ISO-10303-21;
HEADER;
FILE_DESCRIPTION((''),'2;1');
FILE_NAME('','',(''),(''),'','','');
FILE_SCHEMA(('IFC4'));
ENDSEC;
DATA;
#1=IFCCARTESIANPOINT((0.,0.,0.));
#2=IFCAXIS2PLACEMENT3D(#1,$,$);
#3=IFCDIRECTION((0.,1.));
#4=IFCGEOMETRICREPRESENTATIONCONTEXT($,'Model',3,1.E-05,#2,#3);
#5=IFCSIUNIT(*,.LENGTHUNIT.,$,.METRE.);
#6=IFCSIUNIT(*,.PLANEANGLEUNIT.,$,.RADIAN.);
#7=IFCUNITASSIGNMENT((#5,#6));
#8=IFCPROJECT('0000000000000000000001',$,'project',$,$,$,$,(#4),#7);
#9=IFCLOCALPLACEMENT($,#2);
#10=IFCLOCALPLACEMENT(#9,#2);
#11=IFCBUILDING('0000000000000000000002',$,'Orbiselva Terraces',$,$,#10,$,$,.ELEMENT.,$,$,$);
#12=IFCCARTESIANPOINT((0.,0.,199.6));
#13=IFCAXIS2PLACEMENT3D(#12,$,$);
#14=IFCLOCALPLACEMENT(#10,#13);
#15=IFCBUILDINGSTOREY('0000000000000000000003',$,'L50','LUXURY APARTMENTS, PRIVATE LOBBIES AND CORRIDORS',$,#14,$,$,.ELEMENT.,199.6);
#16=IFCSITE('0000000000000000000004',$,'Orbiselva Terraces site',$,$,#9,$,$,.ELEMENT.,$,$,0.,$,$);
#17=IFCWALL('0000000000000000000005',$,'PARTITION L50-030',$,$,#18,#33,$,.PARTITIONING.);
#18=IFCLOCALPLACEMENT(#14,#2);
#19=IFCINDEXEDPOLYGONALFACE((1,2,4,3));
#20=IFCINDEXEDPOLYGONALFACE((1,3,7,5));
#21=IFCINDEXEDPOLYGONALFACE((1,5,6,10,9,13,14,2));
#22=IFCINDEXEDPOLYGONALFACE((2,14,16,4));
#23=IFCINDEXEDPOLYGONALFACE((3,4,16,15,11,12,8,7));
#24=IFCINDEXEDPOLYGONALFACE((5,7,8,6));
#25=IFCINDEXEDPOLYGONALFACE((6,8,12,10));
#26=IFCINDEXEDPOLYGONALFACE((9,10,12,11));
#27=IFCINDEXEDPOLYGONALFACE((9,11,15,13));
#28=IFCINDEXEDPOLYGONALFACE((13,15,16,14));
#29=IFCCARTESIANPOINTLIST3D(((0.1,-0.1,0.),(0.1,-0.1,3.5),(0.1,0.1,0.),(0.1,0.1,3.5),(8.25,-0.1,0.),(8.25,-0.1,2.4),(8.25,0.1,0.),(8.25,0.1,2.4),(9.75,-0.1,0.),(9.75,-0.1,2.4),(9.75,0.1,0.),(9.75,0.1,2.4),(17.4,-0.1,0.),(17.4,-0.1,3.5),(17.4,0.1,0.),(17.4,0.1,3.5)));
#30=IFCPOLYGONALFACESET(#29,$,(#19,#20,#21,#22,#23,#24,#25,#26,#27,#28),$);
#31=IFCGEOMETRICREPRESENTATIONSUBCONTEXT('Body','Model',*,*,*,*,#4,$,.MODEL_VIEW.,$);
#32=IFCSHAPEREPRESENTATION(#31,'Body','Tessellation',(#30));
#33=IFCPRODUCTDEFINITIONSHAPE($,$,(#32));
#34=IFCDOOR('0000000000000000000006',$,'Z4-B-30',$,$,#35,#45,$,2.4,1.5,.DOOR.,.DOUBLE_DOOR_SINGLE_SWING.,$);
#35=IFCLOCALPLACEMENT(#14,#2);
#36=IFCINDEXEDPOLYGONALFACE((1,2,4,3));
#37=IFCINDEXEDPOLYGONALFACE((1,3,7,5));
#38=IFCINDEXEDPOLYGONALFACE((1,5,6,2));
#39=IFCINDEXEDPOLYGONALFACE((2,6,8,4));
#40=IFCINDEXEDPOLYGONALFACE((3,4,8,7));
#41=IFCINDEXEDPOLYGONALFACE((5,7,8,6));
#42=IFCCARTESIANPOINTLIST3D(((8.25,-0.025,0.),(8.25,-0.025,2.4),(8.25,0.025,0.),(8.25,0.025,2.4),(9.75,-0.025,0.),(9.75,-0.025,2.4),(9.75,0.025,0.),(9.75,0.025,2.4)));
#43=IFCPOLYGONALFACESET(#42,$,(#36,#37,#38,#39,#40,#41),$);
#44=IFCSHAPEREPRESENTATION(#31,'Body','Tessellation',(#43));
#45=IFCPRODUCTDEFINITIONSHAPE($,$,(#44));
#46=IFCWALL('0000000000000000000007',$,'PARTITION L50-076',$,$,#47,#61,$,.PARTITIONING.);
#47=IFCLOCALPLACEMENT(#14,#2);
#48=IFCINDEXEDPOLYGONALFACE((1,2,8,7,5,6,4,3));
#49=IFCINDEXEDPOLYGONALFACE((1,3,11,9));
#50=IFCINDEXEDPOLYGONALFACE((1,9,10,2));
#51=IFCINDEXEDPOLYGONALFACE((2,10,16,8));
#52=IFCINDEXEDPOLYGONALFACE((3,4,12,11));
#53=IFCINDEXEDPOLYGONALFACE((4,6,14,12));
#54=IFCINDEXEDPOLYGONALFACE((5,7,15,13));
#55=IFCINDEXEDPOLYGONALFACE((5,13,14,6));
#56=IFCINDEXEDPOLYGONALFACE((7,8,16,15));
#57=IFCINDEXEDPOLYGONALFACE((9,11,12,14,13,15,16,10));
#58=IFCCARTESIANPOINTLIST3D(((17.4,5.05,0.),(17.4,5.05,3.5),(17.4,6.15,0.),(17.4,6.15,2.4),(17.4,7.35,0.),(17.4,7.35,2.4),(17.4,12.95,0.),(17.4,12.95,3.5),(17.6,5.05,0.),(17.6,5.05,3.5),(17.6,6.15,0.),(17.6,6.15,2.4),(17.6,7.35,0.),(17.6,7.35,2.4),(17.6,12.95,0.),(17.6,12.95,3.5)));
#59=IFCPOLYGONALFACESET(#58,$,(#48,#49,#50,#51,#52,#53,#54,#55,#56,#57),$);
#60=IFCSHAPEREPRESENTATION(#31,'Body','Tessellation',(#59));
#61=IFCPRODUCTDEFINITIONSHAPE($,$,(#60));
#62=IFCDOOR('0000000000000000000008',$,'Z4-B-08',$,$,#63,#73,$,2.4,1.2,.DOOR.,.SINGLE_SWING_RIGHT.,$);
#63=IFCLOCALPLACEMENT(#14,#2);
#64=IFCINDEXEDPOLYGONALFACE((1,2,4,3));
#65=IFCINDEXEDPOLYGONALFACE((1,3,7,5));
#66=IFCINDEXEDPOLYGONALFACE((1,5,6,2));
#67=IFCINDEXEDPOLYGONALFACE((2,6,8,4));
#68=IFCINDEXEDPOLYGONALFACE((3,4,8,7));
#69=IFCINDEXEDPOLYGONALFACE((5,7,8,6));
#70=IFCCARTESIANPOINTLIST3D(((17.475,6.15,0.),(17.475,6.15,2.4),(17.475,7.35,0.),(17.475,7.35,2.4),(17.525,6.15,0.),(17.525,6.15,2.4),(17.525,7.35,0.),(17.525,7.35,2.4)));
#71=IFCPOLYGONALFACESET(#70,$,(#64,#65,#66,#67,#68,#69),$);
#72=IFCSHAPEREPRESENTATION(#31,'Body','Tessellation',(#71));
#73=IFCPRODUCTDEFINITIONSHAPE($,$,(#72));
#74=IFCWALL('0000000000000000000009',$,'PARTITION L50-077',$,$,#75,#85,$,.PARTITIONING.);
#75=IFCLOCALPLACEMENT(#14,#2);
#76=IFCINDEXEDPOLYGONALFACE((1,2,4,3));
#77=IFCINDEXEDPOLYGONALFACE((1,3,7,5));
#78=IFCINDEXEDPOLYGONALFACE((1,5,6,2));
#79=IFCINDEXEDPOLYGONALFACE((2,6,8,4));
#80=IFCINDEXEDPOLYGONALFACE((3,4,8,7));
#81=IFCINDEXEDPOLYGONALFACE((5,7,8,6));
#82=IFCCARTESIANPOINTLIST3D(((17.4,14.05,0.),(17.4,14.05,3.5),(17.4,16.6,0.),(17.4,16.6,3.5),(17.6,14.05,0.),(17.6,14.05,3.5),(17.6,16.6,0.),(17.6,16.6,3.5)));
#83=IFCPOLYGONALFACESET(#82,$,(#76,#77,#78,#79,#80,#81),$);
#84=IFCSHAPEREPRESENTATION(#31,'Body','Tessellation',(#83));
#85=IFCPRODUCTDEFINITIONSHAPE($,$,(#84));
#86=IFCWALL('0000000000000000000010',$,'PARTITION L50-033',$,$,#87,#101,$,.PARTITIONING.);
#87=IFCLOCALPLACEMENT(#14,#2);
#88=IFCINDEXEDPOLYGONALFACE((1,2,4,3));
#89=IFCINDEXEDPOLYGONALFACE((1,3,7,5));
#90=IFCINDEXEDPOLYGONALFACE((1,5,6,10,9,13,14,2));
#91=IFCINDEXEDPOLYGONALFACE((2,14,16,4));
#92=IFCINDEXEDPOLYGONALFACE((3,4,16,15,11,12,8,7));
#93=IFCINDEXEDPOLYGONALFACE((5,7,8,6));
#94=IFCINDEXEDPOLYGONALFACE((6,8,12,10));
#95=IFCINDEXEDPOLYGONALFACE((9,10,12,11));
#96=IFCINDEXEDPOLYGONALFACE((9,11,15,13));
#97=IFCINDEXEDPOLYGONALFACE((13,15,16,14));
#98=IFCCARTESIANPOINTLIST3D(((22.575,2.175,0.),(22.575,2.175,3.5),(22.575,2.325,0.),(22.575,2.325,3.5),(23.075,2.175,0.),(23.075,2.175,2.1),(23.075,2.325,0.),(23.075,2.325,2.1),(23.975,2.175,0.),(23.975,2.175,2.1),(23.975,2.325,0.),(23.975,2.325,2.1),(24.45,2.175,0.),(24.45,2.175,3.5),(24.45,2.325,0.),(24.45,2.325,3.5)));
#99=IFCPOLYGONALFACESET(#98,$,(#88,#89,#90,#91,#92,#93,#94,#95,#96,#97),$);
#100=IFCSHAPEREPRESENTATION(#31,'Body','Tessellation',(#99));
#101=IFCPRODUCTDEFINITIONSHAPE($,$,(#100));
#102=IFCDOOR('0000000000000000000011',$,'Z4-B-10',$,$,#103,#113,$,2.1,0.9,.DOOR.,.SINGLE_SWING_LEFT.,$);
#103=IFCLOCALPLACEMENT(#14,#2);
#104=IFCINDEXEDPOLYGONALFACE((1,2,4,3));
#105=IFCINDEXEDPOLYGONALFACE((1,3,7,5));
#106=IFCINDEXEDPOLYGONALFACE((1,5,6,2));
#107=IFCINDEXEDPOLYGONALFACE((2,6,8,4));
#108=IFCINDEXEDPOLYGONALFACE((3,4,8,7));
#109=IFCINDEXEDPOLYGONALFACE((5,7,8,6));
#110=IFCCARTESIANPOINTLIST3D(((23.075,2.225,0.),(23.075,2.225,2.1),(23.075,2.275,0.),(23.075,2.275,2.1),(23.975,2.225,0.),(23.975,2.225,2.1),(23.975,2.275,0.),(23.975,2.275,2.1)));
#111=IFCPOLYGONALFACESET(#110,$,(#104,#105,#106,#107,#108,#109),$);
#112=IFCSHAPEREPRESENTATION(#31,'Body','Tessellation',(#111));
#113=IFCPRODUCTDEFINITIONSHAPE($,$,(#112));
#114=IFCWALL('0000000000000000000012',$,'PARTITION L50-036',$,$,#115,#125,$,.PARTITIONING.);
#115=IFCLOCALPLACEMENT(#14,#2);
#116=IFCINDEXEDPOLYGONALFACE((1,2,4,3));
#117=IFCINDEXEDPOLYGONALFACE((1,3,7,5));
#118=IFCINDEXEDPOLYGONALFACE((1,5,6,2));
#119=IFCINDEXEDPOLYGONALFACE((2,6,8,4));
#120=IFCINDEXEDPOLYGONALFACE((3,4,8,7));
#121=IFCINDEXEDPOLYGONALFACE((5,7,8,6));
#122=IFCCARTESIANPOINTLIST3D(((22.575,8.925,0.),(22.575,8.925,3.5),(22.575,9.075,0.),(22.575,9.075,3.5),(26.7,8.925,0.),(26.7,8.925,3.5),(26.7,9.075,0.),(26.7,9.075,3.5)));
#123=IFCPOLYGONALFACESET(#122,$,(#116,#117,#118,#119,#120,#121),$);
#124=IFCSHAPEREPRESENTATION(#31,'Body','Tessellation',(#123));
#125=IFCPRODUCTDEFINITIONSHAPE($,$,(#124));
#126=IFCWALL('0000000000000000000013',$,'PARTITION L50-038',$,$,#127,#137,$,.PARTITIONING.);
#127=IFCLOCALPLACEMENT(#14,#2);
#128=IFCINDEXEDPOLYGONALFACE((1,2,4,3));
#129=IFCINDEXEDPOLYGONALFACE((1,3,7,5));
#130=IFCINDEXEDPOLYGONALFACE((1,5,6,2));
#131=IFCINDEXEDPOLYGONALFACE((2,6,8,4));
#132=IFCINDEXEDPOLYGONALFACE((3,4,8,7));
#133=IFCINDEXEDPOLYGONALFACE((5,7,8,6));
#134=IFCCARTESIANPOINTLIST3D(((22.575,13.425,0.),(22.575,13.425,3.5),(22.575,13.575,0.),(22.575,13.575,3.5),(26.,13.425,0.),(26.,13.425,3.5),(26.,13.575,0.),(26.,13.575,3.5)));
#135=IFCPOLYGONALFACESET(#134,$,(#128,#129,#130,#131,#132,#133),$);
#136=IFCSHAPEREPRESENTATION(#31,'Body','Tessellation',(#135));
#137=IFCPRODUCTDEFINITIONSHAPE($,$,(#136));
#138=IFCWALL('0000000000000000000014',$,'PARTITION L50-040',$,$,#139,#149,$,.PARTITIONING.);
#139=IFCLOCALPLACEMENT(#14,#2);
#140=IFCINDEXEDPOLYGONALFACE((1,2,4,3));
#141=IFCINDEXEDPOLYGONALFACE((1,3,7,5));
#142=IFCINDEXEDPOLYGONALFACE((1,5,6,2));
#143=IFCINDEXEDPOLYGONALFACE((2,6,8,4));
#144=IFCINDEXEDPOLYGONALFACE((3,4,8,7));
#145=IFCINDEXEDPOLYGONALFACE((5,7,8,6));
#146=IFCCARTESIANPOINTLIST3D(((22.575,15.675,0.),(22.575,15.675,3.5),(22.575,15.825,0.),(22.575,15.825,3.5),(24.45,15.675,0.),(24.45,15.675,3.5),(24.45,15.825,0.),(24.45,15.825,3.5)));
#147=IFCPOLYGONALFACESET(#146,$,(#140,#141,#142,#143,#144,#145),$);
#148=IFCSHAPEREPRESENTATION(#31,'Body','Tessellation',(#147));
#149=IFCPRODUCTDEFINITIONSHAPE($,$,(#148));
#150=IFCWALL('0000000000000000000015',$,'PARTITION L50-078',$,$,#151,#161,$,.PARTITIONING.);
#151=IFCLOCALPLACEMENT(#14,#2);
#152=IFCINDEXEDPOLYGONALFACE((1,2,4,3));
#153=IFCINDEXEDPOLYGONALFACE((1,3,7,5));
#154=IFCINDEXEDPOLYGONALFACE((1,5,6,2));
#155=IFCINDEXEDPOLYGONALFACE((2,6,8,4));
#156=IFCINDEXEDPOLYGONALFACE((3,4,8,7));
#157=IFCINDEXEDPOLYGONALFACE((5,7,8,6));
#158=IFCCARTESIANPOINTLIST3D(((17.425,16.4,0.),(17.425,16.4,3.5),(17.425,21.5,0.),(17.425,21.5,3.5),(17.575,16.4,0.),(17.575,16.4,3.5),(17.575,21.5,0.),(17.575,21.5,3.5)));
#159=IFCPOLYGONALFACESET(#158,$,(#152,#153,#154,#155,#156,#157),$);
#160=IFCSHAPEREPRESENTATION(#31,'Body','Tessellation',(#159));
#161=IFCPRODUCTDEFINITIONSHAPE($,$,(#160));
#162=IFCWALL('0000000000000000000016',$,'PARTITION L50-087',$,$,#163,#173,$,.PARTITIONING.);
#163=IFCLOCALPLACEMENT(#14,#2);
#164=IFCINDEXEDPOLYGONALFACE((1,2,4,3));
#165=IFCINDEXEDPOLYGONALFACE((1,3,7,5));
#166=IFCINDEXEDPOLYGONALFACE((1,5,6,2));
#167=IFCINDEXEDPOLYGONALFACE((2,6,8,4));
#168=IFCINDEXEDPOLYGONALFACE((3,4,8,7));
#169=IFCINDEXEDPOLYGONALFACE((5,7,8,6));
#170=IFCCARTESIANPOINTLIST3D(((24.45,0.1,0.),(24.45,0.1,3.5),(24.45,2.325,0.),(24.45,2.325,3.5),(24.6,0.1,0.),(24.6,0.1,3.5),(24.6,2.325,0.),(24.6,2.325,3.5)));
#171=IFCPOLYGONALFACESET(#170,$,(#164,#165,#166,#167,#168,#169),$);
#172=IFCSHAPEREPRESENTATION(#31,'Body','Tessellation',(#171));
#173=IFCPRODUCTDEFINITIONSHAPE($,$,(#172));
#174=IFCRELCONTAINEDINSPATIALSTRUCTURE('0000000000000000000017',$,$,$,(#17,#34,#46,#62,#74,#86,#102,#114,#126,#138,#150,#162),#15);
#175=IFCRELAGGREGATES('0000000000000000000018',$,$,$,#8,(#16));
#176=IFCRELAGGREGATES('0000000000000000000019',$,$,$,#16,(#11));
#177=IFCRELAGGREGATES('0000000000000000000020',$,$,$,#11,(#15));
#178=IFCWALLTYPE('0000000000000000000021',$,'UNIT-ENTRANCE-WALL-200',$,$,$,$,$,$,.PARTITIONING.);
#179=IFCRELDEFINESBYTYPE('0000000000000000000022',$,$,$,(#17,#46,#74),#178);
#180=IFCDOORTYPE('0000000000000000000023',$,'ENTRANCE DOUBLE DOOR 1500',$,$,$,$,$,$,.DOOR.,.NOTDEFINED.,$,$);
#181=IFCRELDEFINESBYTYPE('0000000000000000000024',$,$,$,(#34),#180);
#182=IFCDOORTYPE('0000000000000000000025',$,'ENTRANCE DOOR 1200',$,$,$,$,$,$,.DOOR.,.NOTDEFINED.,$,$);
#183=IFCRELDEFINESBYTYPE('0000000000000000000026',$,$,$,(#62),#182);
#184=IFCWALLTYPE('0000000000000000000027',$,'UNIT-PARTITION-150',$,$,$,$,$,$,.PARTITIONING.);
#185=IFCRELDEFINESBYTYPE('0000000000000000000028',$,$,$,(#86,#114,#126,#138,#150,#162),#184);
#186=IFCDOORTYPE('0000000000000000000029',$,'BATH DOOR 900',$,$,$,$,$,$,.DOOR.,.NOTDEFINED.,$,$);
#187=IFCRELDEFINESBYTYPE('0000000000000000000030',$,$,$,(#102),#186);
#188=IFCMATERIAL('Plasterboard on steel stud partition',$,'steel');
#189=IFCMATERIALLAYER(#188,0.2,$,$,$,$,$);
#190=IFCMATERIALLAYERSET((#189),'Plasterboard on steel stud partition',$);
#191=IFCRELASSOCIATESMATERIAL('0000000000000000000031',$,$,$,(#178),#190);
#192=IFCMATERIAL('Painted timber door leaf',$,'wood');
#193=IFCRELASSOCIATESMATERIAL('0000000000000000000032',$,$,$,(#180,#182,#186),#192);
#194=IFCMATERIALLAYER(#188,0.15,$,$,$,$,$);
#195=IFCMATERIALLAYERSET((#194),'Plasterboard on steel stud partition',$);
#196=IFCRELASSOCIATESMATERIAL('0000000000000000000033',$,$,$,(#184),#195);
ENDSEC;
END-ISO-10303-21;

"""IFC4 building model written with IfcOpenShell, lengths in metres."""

from ifc_helpers import new_model, si_unit, direction, frame, frame_2d, origin, place, context, subcontext, project, spatial, rectangle, extrude, material, layer, layer_set, type_object, element, fill, save


model = new_model("IFC4")

# Units and contexts
model_context = context("Model", 3, precision=1e-05, world=origin(), true_north=direction((0.0, 1.0)))
body_context = subcontext(model_context, "Body", "Model", "MODEL_VIEW")
ifc_project = project(units=[si_unit("LENGTHUNIT", "METRE"), si_unit("PLANEANGLEUNIT", "RADIAN")], contexts=[model_context])

# Site, building, storey
site_placement = place(None, origin())
site = spatial("IfcSite", under=ifc_project, at=site_placement, Name="Orbiselva Terraces site", CompositionType="ELEMENT", RefElevation=0.0)
building_placement = place(site_placement, origin())
building = spatial("IfcBuilding", under=site, at=building_placement, Name="Orbiselva Terraces", CompositionType="ELEMENT")
storey_placement = place(building_placement, frame((0.0, 0.0, 199.6)))
storey = spatial("IfcBuildingStorey", under=building, at=storey_placement, Name="L50", Description="LUXURY APARTMENTS, PRIVATE LOBBIES AND CORRIDORS", CompositionType="ELEMENT", Elevation=199.6)

# Walls, openings, doors
ifc_material_1 = material(Name="Plasterboard on steel stud partition", Category="steel")
ifc_layer_1 = layer(ifc_material_1, 0.2)
ifc_layer_set_1 = layer_set([ifc_layer_1], Name="Plasterboard on steel stud partition")
wall_type_1 = type_object("IfcWallType", Name="UNIT-ENTRANCE-WALL-200", PredefinedType="PARTITIONING", material=ifc_layer_set_1)
wall_1_placement = place(storey_placement, frame((17.4, 0.0, 0.0), z_axis=(0.0, 0.0, 1.0), x_axis=(-1.0, 0.0, 0.0)))
wall_1 = element("IfcWall", 1, at=wall_1_placement, inside=storey, type_object=wall_type_1, Name="PARTITION L50-030", PredefinedType="PARTITIONING", context=body_context, shape_type="SweptSolid", body=[
    extrude(rectangle(XDim=17.3, YDim=0.2, at=frame_2d((8.65, 0.0))), origin(), (0.0, 0.0, 1.0), 3.5),
])
opening_1_placement = place(wall_1_placement, frame((7.65, 0.0, 0.0)))
opening_1 = element("IfcOpeningElement", 2, at=opening_1_placement, cuts=wall_1, PredefinedType="OPENING", context=body_context, shape_type="SweptSolid", body=[
    extrude(rectangle(XDim=1.5, YDim=2.4, at=frame_2d((0.75, 1.2))), frame((0.0, 0.11, 0.0), z_axis=(0.0, -1.0, 0.0), x_axis=(1.0, 0.0, 0.0)), (0.0, 0.0, 1.0), 0.22),
])
ifc_material_2 = material(Name="Painted timber door leaf", Category="wood")
door_type_1 = type_object("IfcDoorType", Name="ENTRANCE DOUBLE DOOR 1500", OperationType="NOTDEFINED", PredefinedType="DOOR", material=ifc_material_2)
door_1_placement = place(opening_1_placement, origin())
door_1 = element("IfcDoor", 3, at=door_1_placement, inside=storey, type_object=door_type_1, Name="Z4-B-30", OperationType="DOUBLE_DOOR_SINGLE_SWING", OverallHeight=2.4, OverallWidth=1.5, PredefinedType="DOOR", context=body_context, shape_type="SweptSolid", body=[
    extrude(rectangle(XDim=1.5, YDim=2.4, at=frame_2d((0.75, 1.2))), frame((0.0, 0.025, 0.0), z_axis=(0.0, -1.0, 0.0), x_axis=(1.0, 0.0, 0.0)), (0.0, 0.0, 1.0), 0.05),
])
fill(opening_1, door_1)
wall_2_placement = place(storey_placement, frame((17.5, 12.95, 0.0), z_axis=(0.0, 0.0, 1.0), x_axis=(0.0, -1.0, 0.0)))
wall_2 = element("IfcWall", 4, at=wall_2_placement, inside=storey, type_object=wall_type_1, Name="PARTITION L50-076", PredefinedType="PARTITIONING", context=body_context, shape_type="SweptSolid", body=[
    extrude(rectangle(XDim=7.9, YDim=0.2, at=frame_2d((3.95, 0.0))), origin(), (0.0, 0.0, 1.0), 3.5),
])
opening_2_placement = place(wall_2_placement, frame((5.6, 0.0, 0.0)))
opening_2 = element("IfcOpeningElement", 5, at=opening_2_placement, cuts=wall_2, PredefinedType="OPENING", context=body_context, shape_type="SweptSolid", body=[
    extrude(rectangle(XDim=1.2, YDim=2.4, at=frame_2d((0.6, 1.2))), frame((0.0, 0.11, 0.0), z_axis=(0.0, -1.0, 0.0), x_axis=(1.0, 0.0, 0.0)), (0.0, 0.0, 1.0), 0.22),
])
door_type_2 = type_object("IfcDoorType", Name="ENTRANCE DOOR 1200", OperationType="NOTDEFINED", PredefinedType="DOOR", material=ifc_material_2)
door_2_placement = place(opening_2_placement, origin())
door_2 = element("IfcDoor", 6, at=door_2_placement, inside=storey, type_object=door_type_2, Name="Z4-B-08", OperationType="SINGLE_SWING_RIGHT", OverallHeight=2.4, OverallWidth=1.2, PredefinedType="DOOR", context=body_context, shape_type="SweptSolid", body=[
    extrude(rectangle(XDim=1.2, YDim=2.4, at=frame_2d((0.6, 1.2))), frame((0.0, 0.025, 0.0), z_axis=(0.0, -1.0, 0.0), x_axis=(1.0, 0.0, 0.0)), (0.0, 0.0, 1.0), 0.05),
])
fill(opening_2, door_2)

# Wall
wall_3_placement = place(storey_placement, frame((17.5, 14.05, 0.0), z_axis=(0.0, 0.0, 1.0), x_axis=(0.0, 1.0, 0.0)))
element("IfcWall", 7, at=wall_3_placement, inside=storey, type_object=wall_type_1, Name="PARTITION L50-077", PredefinedType="PARTITIONING", context=body_context, shape_type="SweptSolid", body=[
    extrude(rectangle(XDim=2.55, YDim=0.2, at=frame_2d((1.275, 0.0))), origin(), (0.0, 0.0, 1.0), 3.5),
])

# Wall, opening, door
ifc_layer_2 = layer(ifc_material_1, 0.15)
ifc_layer_set_2 = layer_set([ifc_layer_2], Name="Plasterboard on steel stud partition")
wall_type_2 = type_object("IfcWallType", Name="UNIT-PARTITION-150", PredefinedType="PARTITIONING", material=ifc_layer_set_2)
wall_4_placement = place(storey_placement, frame((24.45, 2.25, 0.0), z_axis=(0.0, 0.0, 1.0), x_axis=(-1.0, 0.0, 0.0)))
wall_4 = element("IfcWall", 8, at=wall_4_placement, inside=storey, type_object=wall_type_2, Name="PARTITION L50-033", PredefinedType="PARTITIONING", context=body_context, shape_type="SweptSolid", body=[
    extrude(rectangle(XDim=1.875, YDim=0.15, at=frame_2d((0.9375, 0.0))), origin(), (0.0, 0.0, 1.0), 3.5),
])
opening_3_placement = place(wall_4_placement, frame((0.475, 0.0, 0.0)))
opening_3 = element("IfcOpeningElement", 9, at=opening_3_placement, cuts=wall_4, PredefinedType="OPENING", context=body_context, shape_type="SweptSolid", body=[
    extrude(rectangle(XDim=0.9, YDim=2.1, at=frame_2d((0.45, 1.05))), frame((0.0, 0.085, 0.0), z_axis=(0.0, -1.0, 0.0), x_axis=(1.0, 0.0, 0.0)), (0.0, 0.0, 1.0), 0.17),
])
door_type_3 = type_object("IfcDoorType", Name="BATH DOOR 900", OperationType="NOTDEFINED", PredefinedType="DOOR", material=ifc_material_2)
door_3_placement = place(opening_3_placement, origin())
door_3 = element("IfcDoor", 10, at=door_3_placement, inside=storey, type_object=door_type_3, Name="Z4-B-10", OperationType="SINGLE_SWING_LEFT", OverallHeight=2.1, OverallWidth=0.9, PredefinedType="DOOR", context=body_context, shape_type="SweptSolid", body=[
    extrude(rectangle(XDim=0.9, YDim=2.1, at=frame_2d((0.45, 1.05))), frame((0.0, 0.025, 0.0), z_axis=(0.0, -1.0, 0.0), x_axis=(1.0, 0.0, 0.0)), (0.0, 0.0, 1.0), 0.05),
])
fill(opening_3, door_3)

# Walls
wall_5_placement = place(storey_placement, frame((22.575, 9.0, 0.0), z_axis=(0.0, 0.0, 1.0), x_axis=(1.0, 0.0, 0.0)))
element("IfcWall", 11, at=wall_5_placement, inside=storey, type_object=wall_type_2, Name="PARTITION L50-036", PredefinedType="PARTITIONING", context=body_context, shape_type="SweptSolid", body=[
    extrude(rectangle(XDim=4.125, YDim=0.15, at=frame_2d((2.0625, 0.0))), origin(), (0.0, 0.0, 1.0), 3.5),
])
wall_6_placement = place(storey_placement, frame((22.575, 13.5, 0.0), z_axis=(0.0, 0.0, 1.0), x_axis=(1.0, 0.0, 0.0)))
element("IfcWall", 12, at=wall_6_placement, inside=storey, type_object=wall_type_2, Name="PARTITION L50-038", PredefinedType="PARTITIONING", context=body_context, shape_type="SweptSolid", body=[
    extrude(rectangle(XDim=3.425, YDim=0.15, at=frame_2d((1.7125, 0.0))), origin(), (0.0, 0.0, 1.0), 3.5),
])
wall_7_placement = place(storey_placement, frame((22.575, 15.75, 0.0), z_axis=(0.0, 0.0, 1.0), x_axis=(1.0, 0.0, 0.0)))
element("IfcWall", 13, at=wall_7_placement, inside=storey, type_object=wall_type_2, Name="PARTITION L50-040", PredefinedType="PARTITIONING", context=body_context, shape_type="SweptSolid", body=[
    extrude(rectangle(XDim=1.875, YDim=0.15, at=frame_2d((0.9375, 0.0))), origin(), (0.0, 0.0, 1.0), 3.5),
])
wall_8_placement = place(storey_placement, frame((17.5, 16.4, 0.0), z_axis=(0.0, 0.0, 1.0), x_axis=(0.0, 1.0, 0.0)))
element("IfcWall", 14, at=wall_8_placement, inside=storey, type_object=wall_type_2, Name="PARTITION L50-078", PredefinedType="PARTITIONING", context=body_context, shape_type="SweptSolid", body=[
    extrude(rectangle(XDim=5.1, YDim=0.15, at=frame_2d((2.55, 0.0))), origin(), (0.0, 0.0, 1.0), 3.5),
])
wall_9_placement = place(storey_placement, frame((24.525, 0.1, 0.0), z_axis=(0.0, 0.0, 1.0), x_axis=(0.0, 1.0, 0.0)))
element("IfcWall", 15, at=wall_9_placement, inside=storey, type_object=wall_type_2, Name="PARTITION L50-087", PredefinedType="PARTITIONING", context=body_context, shape_type="SweptSolid", body=[
    extrude(rectangle(XDim=2.225, YDim=0.15, at=frame_2d((1.1125, 0.0))), origin(), (0.0, 0.0, 1.0), 3.5),
])

save(model, "model.ifc")
